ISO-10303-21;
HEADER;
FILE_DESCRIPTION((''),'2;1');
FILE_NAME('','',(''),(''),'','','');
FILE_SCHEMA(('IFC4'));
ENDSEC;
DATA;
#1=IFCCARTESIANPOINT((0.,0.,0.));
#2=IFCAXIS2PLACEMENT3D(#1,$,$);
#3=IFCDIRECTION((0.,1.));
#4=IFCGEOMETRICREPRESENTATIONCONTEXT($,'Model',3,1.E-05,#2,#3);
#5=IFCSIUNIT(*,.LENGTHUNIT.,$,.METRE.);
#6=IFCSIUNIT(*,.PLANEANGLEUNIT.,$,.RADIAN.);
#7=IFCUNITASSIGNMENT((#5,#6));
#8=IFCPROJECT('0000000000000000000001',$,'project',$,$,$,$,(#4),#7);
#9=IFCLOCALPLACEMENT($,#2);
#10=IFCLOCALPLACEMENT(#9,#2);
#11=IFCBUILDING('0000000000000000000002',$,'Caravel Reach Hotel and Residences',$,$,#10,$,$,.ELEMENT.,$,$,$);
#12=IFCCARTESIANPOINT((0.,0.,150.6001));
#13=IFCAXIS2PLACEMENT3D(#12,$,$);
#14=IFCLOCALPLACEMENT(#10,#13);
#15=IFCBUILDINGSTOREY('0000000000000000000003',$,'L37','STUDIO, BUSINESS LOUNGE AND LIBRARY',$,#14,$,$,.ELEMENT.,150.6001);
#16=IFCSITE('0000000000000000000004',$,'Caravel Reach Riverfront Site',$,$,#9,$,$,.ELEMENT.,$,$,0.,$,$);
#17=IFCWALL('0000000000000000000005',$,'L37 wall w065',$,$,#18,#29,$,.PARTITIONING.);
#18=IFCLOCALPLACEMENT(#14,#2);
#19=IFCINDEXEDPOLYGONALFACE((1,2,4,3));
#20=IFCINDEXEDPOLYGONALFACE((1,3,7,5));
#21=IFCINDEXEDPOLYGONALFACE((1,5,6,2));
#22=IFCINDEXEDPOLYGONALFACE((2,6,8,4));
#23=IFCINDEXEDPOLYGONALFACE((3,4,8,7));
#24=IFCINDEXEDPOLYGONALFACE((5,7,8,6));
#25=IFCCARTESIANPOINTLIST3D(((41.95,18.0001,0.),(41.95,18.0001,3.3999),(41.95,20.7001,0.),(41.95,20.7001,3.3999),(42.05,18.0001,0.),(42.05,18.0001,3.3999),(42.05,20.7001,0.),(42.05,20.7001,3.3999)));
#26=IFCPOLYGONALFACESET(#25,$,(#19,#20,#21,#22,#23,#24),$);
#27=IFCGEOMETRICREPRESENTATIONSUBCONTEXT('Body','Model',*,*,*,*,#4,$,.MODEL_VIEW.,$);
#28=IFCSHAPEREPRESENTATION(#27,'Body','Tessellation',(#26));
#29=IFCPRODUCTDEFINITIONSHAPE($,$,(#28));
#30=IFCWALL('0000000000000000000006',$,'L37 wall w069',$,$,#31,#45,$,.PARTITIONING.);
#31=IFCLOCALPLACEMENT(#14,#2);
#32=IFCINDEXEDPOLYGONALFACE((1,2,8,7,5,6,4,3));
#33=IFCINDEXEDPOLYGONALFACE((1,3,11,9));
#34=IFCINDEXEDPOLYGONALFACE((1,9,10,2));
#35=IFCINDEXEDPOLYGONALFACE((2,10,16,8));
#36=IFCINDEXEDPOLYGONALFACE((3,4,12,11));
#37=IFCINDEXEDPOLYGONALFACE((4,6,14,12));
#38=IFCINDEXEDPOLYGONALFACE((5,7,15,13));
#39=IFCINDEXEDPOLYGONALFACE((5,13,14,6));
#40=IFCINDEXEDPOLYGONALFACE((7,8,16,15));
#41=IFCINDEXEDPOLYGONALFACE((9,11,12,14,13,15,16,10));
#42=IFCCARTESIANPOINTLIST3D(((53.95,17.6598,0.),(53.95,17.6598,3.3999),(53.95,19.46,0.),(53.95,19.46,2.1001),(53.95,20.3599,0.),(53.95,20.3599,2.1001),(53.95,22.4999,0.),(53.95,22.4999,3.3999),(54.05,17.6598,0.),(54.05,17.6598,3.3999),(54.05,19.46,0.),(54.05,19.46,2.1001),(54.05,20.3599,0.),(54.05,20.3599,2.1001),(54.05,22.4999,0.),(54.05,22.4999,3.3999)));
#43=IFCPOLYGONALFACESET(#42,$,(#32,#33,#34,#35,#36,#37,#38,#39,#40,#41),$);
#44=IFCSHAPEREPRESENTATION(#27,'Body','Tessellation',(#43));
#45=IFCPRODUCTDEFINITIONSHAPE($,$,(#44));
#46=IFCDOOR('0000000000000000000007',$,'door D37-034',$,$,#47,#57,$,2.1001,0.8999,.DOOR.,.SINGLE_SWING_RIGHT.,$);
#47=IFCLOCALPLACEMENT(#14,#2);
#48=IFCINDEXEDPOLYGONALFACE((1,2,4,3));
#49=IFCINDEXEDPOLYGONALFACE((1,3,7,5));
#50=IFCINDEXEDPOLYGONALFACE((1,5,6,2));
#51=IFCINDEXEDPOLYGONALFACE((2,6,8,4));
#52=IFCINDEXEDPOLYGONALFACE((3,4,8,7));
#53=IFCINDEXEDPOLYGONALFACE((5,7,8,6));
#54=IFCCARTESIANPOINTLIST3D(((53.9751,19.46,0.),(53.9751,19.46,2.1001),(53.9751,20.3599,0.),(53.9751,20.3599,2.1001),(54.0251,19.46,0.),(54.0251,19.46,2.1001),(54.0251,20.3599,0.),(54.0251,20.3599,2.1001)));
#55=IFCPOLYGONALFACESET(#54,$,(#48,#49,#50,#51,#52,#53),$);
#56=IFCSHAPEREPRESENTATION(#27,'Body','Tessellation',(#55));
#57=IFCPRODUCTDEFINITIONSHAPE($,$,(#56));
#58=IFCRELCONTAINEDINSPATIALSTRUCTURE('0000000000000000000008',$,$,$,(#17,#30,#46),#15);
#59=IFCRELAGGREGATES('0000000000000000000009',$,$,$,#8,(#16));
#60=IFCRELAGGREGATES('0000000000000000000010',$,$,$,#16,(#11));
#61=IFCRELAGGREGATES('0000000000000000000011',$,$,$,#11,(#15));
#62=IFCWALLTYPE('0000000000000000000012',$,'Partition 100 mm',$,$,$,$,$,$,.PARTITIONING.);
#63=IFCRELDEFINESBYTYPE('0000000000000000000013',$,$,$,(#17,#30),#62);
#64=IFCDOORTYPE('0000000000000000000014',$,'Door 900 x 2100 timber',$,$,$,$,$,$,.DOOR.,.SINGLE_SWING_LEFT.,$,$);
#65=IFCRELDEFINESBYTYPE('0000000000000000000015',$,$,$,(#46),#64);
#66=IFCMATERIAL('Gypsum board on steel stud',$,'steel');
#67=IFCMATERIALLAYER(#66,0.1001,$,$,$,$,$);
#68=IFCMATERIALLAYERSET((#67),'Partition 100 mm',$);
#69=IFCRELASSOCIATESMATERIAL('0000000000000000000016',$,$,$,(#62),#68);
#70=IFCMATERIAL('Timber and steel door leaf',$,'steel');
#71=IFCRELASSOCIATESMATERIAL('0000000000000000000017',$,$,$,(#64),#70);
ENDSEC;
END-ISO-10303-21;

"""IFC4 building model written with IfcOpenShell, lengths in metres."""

from ifc_helpers import new_model, si_unit, direction, frame, frame_2d, origin, place, context, subcontext, project, spatial, rectangle, extrude, material, layer, layer_set, type_object, element, fill, save


model = new_model("IFC4")

# Units and contexts
model_context = context("Model", 3, precision=1e-05, world=origin(), true_north=direction((0.0, 1.0)))
body_context = subcontext(model_context, "Body", "Model", "MODEL_VIEW")
ifc_project = project(units=[si_unit("LENGTHUNIT", "METRE"), si_unit("PLANEANGLEUNIT", "RADIAN")], contexts=[model_context])

# Site, building, storey
site_placement = place(None, origin())
site = spatial("IfcSite", under=ifc_project, at=site_placement, Name="Caravel Reach Riverfront Site", CompositionType="ELEMENT", RefElevation=0.0)
building_placement = place(site_placement, origin())
building = spatial("IfcBuilding", under=site, at=building_placement, Name="Caravel Reach Hotel and Residences", CompositionType="ELEMENT")
storey_placement = place(building_placement, frame((0.0, 0.0, 150.6001)))
storey = spatial("IfcBuildingStorey", under=building, at=storey_placement, Name="L37", Description="STUDIO, BUSINESS LOUNGE AND LIBRARY", CompositionType="ELEMENT", Elevation=150.6001)

# Shared definitions
ifc_material_1 = material(Name="Gypsum board on steel stud", Category="steel")
ifc_layer_1 = layer(ifc_material_1, 0.1001)
ifc_layer_set_1 = layer_set([ifc_layer_1], Name="Partition 100 mm")
wall_type_1 = type_object("IfcWallType", Name="Partition 100 mm", PredefinedType="PARTITIONING", material=ifc_layer_set_1)
ifc_material_2 = material(Name="Timber and steel door leaf", Category="steel")
door_type_1 = type_object("IfcDoorType", Name="Door 900 x 2100 timber", OperationType="SINGLE_SWING_LEFT", PredefinedType="DOOR", material=ifc_material_2)

# Wall
wall_1_placement = place(storey_placement, frame((42.0, 18.0, 0.0), z_axis=(0.0, 0.0, 1.0), x_axis=(0.0, 1.0, 0.0)))
element("IfcWall", 1, at=wall_1_placement, inside=storey, type_object=wall_type_1, Name="L37 wall w065", PredefinedType="PARTITIONING", context=body_context, shape_type="SweptSolid", body=[
    extrude(rectangle(XDim=2.7, YDim=0.1001, at=frame_2d((1.3501, 0.0))), origin(), (0.0, 0.0, 1.0), 3.3999),
])

# Wall, opening, door
wall_2_placement = place(storey_placement, frame((54.0, 17.6599, 0.0), z_axis=(0.0, 0.0, 1.0), x_axis=(0.0, 1.0, 0.0)))
wall_2 = element("IfcWall", 2, at=wall_2_placement, inside=storey, type_object=wall_type_1, Name="L37 wall w069", PredefinedType="PARTITIONING", context=body_context, shape_type="SweptSolid", body=[
    extrude(rectangle(XDim=4.8401, YDim=0.1001, at=frame_2d((2.4199, 0.0))), origin(), (0.0, 0.0, 1.0), 3.3999),
])
opening_1_placement = place(wall_2_placement, frame((1.8, 0.0, 0.0)))
opening_1 = element("IfcOpeningElement", 3, at=opening_1_placement, cuts=wall_2, PredefinedType="OPENING", context=body_context, shape_type="SweptSolid", body=[
    extrude(rectangle(XDim=0.8999, YDim=2.1001, at=frame_2d((0.45, 1.05))), frame((0.0, 0.0601, 0.0), z_axis=(0.0, -1.0, 0.0), x_axis=(1.0, 0.0, 0.0)), (0.0, 0.0, 1.0), 0.1201),
])
door_1_placement = place(opening_1_placement, origin())
door_1 = element("IfcDoor", 4, at=door_1_placement, inside=storey, type_object=door_type_1, Name="door D37-034", OperationType="SINGLE_SWING_RIGHT", OverallHeight=2.1001, OverallWidth=0.8999, PredefinedType="DOOR", context=body_context, shape_type="SweptSolid", body=[
    extrude(rectangle(XDim=0.8999, YDim=2.1001, at=frame_2d((0.45, 1.05))), frame((0.0, 0.0249, 0.0), z_axis=(0.0, -1.0, 0.0), x_axis=(1.0, 0.0, 0.0)), (0.0, 0.0, 1.0), 0.05),
])
fill(opening_1, door_1)

save(model, "model.ifc")
